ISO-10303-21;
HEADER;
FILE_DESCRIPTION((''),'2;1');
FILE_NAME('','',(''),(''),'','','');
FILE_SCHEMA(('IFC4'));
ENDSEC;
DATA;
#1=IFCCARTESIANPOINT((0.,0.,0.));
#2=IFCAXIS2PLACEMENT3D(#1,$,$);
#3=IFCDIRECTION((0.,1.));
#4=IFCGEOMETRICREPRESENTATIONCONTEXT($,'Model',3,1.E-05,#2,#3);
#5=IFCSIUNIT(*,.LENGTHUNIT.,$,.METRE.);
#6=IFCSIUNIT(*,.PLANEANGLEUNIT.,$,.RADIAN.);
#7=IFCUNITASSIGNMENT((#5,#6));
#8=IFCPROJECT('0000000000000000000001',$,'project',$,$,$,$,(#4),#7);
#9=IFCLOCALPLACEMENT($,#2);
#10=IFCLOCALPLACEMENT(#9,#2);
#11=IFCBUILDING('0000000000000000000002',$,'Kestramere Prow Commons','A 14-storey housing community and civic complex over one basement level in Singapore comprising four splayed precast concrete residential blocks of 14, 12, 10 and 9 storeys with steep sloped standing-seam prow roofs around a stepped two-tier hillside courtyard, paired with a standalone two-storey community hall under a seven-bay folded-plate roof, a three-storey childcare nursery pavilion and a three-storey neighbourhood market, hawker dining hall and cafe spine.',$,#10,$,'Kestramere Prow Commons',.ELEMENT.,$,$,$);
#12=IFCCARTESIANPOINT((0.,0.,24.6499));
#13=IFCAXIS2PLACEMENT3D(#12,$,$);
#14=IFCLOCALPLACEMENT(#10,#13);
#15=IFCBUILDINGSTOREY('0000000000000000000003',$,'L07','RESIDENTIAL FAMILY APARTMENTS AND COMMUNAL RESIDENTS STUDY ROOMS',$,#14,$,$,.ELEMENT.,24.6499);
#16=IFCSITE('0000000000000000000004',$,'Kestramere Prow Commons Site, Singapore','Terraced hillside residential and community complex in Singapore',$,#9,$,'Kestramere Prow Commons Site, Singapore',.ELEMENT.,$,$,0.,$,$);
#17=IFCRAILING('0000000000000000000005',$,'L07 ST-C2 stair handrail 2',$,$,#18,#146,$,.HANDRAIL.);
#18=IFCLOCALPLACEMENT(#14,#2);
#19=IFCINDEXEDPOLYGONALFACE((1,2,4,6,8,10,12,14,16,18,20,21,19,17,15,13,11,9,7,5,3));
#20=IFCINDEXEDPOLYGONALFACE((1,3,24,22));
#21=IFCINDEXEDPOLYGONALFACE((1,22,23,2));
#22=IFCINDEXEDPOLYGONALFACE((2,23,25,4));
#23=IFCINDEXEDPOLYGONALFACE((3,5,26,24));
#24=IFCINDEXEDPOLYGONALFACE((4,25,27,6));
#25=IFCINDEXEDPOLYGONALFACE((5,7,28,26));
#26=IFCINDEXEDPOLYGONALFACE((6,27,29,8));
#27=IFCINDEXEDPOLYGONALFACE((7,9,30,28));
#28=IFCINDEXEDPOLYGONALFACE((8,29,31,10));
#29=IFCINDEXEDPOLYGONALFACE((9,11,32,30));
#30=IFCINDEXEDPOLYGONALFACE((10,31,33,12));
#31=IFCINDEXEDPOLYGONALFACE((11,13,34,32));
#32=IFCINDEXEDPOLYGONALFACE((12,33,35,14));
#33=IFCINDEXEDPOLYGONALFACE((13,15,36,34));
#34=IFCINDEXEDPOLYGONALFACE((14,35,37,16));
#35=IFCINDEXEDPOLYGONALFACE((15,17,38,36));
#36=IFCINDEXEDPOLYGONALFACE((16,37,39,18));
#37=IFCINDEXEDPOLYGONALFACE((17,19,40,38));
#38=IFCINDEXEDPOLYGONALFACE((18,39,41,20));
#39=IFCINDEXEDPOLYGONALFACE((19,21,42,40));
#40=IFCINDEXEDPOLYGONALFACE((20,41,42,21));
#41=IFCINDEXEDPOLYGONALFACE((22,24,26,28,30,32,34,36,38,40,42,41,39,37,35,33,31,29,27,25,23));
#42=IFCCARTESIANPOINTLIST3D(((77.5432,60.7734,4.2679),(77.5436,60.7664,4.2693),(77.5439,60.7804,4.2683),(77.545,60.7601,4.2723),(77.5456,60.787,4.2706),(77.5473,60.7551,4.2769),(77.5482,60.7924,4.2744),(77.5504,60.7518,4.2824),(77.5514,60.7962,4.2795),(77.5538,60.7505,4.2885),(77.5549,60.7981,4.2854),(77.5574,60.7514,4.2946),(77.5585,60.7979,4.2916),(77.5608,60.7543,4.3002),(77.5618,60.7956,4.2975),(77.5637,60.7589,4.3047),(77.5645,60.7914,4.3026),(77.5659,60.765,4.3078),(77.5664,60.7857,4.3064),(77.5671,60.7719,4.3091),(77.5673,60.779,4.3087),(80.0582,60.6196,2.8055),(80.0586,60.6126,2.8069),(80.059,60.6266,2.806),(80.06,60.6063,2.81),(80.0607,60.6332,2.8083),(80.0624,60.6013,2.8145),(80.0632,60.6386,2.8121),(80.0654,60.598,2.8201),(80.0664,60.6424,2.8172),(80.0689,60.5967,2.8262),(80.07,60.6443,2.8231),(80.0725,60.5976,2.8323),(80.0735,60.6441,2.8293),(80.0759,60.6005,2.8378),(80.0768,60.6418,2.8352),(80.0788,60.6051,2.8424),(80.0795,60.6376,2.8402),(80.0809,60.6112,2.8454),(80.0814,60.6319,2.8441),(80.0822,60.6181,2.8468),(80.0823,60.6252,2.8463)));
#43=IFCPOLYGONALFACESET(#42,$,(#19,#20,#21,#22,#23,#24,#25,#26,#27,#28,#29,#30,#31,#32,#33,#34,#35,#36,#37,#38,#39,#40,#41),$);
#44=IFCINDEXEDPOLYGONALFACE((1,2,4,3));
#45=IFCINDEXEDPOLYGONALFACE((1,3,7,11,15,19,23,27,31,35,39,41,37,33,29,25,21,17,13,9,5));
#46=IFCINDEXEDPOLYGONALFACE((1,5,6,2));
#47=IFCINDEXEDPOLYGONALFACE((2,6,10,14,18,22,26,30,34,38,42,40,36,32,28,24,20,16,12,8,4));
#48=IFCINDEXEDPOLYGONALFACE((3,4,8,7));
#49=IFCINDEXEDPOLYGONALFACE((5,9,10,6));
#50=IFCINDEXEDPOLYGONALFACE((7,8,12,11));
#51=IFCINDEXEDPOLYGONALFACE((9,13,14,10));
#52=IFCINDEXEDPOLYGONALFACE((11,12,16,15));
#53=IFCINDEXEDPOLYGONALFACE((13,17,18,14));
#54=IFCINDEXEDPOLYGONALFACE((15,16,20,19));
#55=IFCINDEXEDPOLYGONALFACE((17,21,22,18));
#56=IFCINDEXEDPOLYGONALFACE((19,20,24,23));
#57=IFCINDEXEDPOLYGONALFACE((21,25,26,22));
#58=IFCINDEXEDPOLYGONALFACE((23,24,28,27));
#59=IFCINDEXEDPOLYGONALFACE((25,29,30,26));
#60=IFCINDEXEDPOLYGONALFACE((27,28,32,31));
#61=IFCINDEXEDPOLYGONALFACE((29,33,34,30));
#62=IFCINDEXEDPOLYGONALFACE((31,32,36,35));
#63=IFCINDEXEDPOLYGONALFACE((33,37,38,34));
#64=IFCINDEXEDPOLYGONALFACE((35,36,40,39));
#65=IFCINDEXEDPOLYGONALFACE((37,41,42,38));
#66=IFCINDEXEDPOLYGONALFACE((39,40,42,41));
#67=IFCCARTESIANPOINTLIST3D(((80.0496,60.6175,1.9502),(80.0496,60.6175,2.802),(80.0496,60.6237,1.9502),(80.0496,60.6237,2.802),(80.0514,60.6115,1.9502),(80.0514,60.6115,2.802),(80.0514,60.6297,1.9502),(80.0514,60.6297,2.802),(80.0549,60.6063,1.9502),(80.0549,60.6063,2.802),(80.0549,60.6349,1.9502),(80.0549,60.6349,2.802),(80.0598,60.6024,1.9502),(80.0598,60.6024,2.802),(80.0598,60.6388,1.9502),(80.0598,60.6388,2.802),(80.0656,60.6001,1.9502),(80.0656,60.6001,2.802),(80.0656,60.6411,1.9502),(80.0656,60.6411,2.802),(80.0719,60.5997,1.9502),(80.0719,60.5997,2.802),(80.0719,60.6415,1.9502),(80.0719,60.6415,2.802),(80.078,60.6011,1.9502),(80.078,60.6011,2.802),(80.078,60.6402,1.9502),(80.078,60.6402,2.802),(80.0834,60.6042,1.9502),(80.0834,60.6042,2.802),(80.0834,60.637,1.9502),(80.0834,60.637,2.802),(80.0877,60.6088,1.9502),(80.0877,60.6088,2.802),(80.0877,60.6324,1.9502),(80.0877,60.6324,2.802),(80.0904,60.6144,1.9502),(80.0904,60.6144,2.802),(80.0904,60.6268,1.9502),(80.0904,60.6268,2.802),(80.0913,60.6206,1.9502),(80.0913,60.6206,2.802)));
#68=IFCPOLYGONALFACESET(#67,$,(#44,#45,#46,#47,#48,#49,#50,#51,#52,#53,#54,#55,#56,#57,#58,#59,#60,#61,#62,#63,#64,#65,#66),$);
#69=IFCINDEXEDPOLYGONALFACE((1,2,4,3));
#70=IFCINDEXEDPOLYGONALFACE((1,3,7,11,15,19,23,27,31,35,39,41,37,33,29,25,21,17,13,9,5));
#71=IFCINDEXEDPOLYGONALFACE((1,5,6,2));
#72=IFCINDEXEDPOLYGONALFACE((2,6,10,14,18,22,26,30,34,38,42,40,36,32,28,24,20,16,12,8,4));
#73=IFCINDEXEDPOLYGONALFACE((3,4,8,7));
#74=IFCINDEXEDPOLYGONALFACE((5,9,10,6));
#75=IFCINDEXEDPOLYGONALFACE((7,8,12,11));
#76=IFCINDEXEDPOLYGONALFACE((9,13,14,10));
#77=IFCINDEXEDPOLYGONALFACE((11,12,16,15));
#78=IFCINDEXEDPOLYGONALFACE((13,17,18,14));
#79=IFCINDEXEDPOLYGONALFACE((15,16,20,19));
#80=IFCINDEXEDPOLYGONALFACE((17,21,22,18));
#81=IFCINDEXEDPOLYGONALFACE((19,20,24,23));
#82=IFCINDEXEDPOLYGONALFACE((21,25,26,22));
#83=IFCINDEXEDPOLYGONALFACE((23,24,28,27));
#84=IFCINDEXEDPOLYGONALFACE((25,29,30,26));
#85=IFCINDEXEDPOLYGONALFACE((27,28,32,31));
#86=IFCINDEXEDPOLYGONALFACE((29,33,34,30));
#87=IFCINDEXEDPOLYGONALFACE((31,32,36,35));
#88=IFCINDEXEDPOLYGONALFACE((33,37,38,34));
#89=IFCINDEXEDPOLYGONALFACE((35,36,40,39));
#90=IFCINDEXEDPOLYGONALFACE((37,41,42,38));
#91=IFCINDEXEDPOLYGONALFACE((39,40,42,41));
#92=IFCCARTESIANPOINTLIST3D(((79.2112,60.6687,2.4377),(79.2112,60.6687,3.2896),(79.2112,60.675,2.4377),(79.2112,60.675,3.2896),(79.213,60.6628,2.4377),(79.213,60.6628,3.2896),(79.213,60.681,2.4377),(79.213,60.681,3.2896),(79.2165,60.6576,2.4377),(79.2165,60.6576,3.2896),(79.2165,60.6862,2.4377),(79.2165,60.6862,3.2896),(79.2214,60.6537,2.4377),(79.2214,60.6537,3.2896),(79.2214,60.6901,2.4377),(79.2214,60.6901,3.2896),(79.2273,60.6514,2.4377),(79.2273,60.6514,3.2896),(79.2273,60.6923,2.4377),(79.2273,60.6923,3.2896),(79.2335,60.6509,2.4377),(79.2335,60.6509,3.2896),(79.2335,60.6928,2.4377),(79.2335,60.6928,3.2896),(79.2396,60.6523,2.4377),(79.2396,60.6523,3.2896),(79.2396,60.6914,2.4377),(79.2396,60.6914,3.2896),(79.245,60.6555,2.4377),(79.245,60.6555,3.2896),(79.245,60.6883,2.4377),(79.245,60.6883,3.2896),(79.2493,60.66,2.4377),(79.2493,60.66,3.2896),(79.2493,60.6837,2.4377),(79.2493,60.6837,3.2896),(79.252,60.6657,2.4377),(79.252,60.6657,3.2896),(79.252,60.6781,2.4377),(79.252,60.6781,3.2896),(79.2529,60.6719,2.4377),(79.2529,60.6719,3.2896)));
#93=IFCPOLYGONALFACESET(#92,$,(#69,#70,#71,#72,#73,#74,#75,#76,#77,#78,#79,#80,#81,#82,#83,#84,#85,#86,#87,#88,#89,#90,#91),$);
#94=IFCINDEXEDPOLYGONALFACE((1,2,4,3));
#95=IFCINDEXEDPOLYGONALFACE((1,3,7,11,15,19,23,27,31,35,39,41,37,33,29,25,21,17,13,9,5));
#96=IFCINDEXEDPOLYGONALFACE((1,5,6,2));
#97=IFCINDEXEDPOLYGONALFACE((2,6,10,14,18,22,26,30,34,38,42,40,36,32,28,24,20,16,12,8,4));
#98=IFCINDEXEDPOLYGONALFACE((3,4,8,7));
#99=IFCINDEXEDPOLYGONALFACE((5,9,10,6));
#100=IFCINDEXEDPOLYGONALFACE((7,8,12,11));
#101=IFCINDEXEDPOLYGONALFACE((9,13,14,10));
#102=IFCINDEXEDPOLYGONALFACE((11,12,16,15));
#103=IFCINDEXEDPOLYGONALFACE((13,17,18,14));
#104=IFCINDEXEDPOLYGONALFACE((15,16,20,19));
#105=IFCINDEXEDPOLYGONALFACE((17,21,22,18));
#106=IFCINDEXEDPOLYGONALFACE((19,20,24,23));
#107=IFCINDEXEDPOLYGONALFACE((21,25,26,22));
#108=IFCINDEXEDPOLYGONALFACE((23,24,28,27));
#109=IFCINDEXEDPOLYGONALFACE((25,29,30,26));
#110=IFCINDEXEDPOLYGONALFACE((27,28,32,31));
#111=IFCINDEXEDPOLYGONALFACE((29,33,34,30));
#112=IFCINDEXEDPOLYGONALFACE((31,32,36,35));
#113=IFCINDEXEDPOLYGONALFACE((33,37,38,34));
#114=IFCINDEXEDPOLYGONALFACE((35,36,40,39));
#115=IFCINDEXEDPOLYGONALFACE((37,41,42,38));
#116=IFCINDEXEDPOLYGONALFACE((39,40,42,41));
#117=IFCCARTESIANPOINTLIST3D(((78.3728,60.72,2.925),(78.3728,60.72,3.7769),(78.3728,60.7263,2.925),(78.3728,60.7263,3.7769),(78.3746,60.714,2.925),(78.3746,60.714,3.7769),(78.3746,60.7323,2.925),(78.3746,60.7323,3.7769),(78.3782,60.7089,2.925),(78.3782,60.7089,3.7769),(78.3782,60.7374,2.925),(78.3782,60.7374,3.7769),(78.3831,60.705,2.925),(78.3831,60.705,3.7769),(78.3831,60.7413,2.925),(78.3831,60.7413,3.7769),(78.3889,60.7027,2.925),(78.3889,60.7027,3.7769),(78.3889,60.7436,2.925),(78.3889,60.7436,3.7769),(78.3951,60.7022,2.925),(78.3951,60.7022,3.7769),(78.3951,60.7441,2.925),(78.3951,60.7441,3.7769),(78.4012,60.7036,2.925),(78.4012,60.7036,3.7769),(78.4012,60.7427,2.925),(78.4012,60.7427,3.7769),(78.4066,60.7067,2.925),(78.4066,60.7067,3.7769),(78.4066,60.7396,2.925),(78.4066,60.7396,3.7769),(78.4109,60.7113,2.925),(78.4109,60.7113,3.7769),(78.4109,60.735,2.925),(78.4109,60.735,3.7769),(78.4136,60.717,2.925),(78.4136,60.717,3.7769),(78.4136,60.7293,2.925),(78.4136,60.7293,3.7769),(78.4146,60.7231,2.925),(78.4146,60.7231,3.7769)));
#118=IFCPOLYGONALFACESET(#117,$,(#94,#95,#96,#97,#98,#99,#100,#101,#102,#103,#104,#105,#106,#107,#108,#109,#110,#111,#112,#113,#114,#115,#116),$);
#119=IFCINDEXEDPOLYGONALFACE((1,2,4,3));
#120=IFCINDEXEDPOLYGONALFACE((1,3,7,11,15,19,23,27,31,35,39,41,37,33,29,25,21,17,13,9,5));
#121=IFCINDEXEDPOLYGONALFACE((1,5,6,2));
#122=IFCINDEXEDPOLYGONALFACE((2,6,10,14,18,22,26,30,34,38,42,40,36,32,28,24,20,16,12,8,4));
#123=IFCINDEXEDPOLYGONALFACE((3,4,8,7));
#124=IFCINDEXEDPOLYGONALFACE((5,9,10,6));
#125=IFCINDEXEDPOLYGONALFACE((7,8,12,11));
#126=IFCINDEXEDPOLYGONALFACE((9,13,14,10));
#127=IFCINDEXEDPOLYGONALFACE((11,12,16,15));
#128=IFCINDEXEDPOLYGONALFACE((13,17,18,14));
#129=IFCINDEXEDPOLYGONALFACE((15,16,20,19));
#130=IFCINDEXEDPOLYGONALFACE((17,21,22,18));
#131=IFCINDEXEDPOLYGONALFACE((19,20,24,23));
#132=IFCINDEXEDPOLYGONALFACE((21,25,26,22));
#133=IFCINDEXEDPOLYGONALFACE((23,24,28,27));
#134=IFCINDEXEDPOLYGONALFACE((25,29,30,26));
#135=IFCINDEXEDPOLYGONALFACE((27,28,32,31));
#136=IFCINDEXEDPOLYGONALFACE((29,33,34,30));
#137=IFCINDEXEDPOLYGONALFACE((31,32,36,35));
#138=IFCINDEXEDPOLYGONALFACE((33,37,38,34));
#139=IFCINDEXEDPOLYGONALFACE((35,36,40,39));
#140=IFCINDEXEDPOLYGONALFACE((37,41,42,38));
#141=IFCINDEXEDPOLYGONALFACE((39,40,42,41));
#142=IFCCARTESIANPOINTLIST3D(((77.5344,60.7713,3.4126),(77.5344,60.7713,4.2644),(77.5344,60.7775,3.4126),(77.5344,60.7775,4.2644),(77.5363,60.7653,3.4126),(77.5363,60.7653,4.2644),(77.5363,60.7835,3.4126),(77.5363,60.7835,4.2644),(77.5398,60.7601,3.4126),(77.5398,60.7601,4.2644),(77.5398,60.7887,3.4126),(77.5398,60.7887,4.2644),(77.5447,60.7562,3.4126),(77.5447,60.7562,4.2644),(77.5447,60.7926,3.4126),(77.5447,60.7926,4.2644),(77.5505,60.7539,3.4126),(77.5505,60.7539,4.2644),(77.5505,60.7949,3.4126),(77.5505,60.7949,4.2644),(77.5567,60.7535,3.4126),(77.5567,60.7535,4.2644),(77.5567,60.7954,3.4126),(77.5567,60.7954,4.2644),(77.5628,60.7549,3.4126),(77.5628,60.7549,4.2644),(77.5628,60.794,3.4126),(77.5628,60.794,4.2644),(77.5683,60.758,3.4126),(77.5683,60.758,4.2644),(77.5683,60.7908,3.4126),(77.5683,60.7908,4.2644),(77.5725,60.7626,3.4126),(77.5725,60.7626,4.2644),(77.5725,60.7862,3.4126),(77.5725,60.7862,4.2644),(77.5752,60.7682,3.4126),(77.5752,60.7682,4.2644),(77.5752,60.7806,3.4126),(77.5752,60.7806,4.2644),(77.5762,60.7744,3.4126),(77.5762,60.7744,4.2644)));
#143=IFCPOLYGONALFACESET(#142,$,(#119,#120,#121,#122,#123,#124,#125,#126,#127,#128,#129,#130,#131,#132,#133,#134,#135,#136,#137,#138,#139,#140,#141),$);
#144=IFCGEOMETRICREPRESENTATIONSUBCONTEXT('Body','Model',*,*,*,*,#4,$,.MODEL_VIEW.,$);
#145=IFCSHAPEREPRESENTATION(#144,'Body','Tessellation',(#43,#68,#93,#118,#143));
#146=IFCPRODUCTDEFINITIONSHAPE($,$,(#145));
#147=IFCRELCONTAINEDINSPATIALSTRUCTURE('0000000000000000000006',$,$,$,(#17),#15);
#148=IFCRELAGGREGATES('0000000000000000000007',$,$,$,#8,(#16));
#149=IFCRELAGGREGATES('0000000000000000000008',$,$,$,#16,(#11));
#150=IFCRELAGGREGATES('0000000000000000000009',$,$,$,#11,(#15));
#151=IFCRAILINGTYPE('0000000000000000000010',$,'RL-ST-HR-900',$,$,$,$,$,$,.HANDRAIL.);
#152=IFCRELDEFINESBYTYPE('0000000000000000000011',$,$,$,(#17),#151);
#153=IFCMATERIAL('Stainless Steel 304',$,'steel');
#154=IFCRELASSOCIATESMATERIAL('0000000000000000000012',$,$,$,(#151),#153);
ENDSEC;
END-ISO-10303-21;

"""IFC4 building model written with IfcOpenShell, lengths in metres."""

from ifc_helpers import new_model, si_unit, direction, frame, origin, origin_2d, place, context, subcontext, project, spatial, circle, extrude, material, type_object, element, save


model = new_model("IFC4")

# Units and contexts
model_context = context("Model", 3, precision=1e-05, world=origin(), true_north=direction((0.0, 1.0)))
body_context = subcontext(model_context, "Body", "Model", "MODEL_VIEW")
ifc_project = project(units=[si_unit("LENGTHUNIT", "METRE"), si_unit("PLANEANGLEUNIT", "RADIAN")], contexts=[model_context])

# Site, building, storey
site_placement = place(None, origin())
site = spatial("IfcSite", under=ifc_project, at=site_placement, Name="Kestramere Prow Commons Site, Singapore", Description="Terraced hillside residential and community complex in Singapore", LongName="Kestramere Prow Commons Site, Singapore", CompositionType="ELEMENT", RefElevation=0.0)
building_placement = place(site_placement, origin())
building = spatial("IfcBuilding", under=site, at=building_placement, Name="Kestramere Prow Commons", Description="A 14-storey housing community and civic complex over one basement level in Singapore comprising four splayed precast concrete residential blocks of 14, 12, 10 and 9 storeys with steep sloped standing-seam prow roofs around a stepped two-tier hillside courtyard, paired with a standalone two-storey community hall under a seven-bay folded-plate roof, a three-storey childcare nursery pavilion and a three-storey neighbourhood market, hawker dining hall and cafe spine.", LongName="Kestramere Prow Commons", CompositionType="ELEMENT")
storey_placement = place(building_placement, frame((0.0, 0.0, 24.6499)))
storey = spatial("IfcBuildingStorey", under=building, at=storey_placement, Name="L07", Description="RESIDENTIAL FAMILY APARTMENTS AND COMMUNAL RESIDENTS STUDY ROOMS", CompositionType="ELEMENT", Elevation=24.6499)

# Railing
ifc_material_1 = material(Name="Stainless Steel 304", Category="steel")
railing_type_1 = type_object("IfcRailingType", Name="RL-ST-HR-900", PredefinedType="HANDRAIL", material=ifc_material_1)
railing_1_placement = place(storey_placement, frame((80.0703, 60.6206, 1.9502)))
element("IfcRailing", 1, at=railing_1_placement, inside=storey, type_object=railing_type_1, Name="L07 ST-C2 stair handrail 2", PredefinedType="HANDRAIL", context=body_context, shape_type="SweptSolid", body=[
    extrude(circle(Radius=0.0239, at=origin_2d()), frame((0.0, 0.0, 0.876), z_axis=(-0.863285, 0.052793, 0.501949), x_axis=(-0.061039, -0.998135, 0.0)), (0.0, 0.0, 1.0), 2.9133),
    extrude(circle(Radius=0.021, at=origin_2d()), origin(), (0.0, 0.0, 1.0), 0.8518),
    extrude(circle(Radius=0.021, at=origin_2d()), frame((-0.8384, 0.0513, 0.4875)), (0.0, 0.0, 1.0), 0.8518),
    extrude(circle(Radius=0.021, at=origin_2d()), frame((-1.6768, 0.1025, 0.9749)), (0.0, 0.0, 1.0), 0.8518),
    extrude(circle(Radius=0.021, at=origin_2d()), frame((-2.5151, 0.1538, 1.4624)), (0.0, 0.0, 1.0), 0.8518),
])

save(model, "model.ifc")
